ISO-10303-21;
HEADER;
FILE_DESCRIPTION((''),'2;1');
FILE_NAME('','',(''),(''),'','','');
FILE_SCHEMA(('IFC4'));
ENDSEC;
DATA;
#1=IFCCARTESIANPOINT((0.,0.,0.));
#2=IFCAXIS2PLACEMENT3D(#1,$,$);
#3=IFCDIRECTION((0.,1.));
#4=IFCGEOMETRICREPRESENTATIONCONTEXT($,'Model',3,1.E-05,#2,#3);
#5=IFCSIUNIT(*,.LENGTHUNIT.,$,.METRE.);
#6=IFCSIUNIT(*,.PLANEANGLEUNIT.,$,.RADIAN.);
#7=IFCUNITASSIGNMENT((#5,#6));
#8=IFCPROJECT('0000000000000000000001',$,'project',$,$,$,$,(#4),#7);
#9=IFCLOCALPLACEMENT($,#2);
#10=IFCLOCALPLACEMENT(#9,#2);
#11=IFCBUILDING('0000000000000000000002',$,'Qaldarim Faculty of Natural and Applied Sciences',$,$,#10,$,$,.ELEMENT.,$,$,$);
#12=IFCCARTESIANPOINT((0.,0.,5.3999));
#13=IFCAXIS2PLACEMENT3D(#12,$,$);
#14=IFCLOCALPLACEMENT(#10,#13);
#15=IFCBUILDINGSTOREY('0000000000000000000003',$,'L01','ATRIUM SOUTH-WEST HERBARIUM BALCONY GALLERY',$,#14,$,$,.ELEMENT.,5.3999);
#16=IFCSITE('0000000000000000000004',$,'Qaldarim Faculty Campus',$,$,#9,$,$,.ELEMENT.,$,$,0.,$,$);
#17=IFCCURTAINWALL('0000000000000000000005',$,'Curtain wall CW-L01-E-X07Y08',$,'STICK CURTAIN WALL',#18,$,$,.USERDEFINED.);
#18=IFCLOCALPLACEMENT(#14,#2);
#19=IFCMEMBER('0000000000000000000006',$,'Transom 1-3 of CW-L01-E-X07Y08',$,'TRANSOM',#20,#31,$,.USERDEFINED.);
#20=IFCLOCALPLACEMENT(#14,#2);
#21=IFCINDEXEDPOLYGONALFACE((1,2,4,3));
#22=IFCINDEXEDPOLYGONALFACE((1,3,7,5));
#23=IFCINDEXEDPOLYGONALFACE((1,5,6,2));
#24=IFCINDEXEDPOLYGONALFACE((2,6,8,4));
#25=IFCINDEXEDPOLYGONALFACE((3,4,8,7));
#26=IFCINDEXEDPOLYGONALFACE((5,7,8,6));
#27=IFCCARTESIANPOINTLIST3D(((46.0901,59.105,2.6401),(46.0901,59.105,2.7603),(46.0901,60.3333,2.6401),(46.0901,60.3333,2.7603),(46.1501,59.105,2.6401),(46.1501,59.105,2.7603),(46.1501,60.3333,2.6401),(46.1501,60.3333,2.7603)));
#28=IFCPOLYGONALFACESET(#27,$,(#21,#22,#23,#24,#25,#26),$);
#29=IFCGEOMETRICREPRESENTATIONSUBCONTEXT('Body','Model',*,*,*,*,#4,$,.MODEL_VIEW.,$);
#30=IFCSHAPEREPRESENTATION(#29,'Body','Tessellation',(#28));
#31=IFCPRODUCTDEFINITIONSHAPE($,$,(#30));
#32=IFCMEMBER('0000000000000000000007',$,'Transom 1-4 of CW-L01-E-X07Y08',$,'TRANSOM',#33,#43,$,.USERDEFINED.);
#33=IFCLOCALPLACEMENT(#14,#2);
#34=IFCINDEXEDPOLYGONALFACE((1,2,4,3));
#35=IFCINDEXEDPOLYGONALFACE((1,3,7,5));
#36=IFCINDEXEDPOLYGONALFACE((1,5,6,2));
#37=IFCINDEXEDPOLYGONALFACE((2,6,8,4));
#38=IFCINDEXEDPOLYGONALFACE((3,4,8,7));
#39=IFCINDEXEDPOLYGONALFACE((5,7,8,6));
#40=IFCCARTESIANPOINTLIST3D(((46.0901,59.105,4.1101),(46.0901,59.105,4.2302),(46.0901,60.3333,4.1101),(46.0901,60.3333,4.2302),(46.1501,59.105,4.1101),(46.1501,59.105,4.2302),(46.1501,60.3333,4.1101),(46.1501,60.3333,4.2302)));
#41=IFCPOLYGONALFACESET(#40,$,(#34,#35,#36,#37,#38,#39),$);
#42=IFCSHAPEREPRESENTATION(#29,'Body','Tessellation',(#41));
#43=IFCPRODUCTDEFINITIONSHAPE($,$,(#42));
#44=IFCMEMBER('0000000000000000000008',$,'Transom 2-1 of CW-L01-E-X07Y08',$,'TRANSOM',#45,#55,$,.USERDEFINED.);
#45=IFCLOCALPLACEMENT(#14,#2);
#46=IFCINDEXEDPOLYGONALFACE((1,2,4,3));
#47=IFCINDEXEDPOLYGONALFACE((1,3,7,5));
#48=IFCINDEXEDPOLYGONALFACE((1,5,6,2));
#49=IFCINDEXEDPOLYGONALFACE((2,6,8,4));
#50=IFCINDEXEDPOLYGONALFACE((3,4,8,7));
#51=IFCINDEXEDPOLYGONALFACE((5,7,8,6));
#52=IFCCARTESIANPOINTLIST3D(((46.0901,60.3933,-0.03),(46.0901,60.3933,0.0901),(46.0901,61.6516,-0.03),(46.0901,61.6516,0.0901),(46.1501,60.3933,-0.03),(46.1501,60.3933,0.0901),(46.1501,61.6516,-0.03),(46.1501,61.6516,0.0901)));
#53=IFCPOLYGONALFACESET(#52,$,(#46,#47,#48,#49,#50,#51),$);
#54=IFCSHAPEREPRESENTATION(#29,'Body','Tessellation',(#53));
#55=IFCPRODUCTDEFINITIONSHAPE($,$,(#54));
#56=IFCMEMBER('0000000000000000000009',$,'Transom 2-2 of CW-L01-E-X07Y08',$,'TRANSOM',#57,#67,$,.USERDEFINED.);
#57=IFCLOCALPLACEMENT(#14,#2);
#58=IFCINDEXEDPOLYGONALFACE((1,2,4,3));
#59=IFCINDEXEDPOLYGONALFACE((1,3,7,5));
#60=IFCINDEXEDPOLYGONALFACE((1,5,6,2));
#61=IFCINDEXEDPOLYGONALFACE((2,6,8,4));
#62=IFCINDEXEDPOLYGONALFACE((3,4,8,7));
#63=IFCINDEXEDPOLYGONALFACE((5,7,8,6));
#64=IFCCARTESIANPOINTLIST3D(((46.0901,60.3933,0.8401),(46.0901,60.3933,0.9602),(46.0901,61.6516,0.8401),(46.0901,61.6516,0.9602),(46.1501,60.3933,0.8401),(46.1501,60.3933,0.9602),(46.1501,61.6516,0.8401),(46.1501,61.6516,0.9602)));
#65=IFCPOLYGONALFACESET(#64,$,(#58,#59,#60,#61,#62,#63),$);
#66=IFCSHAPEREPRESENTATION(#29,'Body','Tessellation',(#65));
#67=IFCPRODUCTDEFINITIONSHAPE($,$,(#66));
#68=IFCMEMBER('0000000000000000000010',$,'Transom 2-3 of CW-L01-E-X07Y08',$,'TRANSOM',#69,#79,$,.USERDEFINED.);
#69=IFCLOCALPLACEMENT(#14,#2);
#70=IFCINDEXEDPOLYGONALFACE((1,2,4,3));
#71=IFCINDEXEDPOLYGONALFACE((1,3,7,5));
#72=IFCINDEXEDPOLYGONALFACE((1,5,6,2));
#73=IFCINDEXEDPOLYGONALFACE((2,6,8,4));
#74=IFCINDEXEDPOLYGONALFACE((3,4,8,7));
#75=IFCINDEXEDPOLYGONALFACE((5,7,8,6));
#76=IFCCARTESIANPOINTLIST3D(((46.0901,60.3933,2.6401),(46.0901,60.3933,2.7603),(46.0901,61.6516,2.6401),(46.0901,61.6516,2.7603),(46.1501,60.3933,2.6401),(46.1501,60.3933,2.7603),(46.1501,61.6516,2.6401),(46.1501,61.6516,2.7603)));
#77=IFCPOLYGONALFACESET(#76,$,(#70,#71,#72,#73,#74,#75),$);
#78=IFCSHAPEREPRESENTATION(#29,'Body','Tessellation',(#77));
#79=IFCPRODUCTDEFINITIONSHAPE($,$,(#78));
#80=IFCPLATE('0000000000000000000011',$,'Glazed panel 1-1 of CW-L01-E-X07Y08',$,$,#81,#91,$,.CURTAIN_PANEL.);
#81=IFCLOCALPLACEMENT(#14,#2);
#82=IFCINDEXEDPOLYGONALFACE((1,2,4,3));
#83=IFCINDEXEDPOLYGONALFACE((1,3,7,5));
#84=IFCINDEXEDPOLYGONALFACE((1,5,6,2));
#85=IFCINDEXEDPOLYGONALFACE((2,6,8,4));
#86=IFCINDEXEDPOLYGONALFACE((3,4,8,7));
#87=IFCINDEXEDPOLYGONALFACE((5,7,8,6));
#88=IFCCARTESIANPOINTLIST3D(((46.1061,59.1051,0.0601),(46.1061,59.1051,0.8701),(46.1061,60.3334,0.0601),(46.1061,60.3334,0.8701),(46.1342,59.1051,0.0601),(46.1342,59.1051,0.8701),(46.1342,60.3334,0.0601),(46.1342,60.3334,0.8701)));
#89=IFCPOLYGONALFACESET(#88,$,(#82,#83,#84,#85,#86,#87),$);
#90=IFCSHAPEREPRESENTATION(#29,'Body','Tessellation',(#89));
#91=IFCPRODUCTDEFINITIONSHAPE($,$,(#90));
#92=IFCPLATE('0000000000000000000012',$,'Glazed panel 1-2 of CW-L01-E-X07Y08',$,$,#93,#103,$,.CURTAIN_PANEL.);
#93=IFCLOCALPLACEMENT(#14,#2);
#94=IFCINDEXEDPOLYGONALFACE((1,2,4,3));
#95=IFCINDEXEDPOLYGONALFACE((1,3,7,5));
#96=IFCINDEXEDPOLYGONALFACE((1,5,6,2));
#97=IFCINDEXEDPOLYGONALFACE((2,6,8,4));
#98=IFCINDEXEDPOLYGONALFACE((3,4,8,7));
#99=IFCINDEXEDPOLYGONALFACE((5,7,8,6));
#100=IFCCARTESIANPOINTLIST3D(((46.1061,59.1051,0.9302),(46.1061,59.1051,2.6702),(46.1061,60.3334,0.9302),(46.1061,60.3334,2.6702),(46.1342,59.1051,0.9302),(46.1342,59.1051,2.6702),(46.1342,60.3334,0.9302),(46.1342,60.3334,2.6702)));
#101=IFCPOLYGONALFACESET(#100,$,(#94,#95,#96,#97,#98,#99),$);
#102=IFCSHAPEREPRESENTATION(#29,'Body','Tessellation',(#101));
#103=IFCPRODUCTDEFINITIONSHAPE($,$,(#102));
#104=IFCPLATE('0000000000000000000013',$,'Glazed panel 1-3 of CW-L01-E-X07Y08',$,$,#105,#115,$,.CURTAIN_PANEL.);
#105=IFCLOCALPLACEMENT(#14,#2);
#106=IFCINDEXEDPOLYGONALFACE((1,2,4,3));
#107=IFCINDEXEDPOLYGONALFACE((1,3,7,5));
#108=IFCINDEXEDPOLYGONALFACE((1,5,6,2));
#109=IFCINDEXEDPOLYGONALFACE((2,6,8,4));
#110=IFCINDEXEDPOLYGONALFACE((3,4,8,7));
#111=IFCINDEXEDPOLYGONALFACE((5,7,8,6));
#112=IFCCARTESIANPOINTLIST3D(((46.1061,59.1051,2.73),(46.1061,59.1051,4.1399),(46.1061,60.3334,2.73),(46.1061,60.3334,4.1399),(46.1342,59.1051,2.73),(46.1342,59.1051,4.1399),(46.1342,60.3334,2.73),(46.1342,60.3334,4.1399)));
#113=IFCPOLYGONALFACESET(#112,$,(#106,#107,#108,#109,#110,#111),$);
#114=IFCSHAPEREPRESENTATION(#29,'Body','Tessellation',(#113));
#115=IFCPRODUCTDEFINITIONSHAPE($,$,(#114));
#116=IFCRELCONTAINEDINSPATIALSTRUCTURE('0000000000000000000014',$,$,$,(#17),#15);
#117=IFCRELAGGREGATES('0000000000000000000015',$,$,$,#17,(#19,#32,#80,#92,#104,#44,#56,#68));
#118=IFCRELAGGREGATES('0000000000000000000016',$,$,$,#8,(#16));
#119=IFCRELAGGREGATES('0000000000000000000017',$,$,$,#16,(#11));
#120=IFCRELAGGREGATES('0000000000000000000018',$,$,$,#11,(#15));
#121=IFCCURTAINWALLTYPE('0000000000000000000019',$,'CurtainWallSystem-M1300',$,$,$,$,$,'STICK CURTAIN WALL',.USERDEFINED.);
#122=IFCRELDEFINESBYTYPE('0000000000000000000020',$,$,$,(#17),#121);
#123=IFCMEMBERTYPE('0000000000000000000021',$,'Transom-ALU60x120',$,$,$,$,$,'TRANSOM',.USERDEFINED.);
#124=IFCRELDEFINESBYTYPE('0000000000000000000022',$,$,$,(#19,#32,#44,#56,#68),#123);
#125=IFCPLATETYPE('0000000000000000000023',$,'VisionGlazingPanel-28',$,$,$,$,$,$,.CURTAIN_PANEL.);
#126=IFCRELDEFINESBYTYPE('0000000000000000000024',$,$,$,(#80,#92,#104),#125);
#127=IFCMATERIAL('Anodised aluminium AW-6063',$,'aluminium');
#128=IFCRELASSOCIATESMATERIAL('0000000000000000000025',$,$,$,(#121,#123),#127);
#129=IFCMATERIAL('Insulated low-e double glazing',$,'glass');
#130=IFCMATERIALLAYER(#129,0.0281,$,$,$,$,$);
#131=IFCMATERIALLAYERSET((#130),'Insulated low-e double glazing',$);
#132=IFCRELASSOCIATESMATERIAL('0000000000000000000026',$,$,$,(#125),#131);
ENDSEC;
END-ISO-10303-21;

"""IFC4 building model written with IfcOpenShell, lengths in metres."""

from ifc_helpers import new_model, si_unit, direction, frame, origin, origin_2d, place, context, subcontext, project, spatial, rectangle, extrude, material, layer, layer_set, material_profile, profile_set, type_object, element, aggregate, save


model = new_model("IFC4")

# Units and contexts
model_context = context("Model", 3, precision=1e-05, world=origin(), true_north=direction((0.0, 1.0)))
body_context = subcontext(model_context, "Body", "Model", "MODEL_VIEW")
ifc_project = project(units=[si_unit("LENGTHUNIT", "METRE"), si_unit("PLANEANGLEUNIT", "RADIAN")], contexts=[model_context])

# Site, building, storey
site_placement = place(None, origin())
site = spatial("IfcSite", under=ifc_project, at=site_placement, Name="Qaldarim Faculty Campus", CompositionType="ELEMENT", RefElevation=0.0)
building_placement = place(site_placement, origin())
building = spatial("IfcBuilding", under=site, at=building_placement, Name="Qaldarim Faculty of Natural and Applied Sciences", CompositionType="ELEMENT")
storey_placement = place(building_placement, frame((0.0, 0.0, 5.3999)))
storey = spatial("IfcBuildingStorey", under=building, at=storey_placement, Name="L01", Description="ATRIUM SOUTH-WEST HERBARIUM BALCONY GALLERY", CompositionType="ELEMENT", Elevation=5.3999)

# Curtain wall
ifc_material_1 = material(Name="Anodised aluminium AW-6063", Category="aluminium")
curtain_wall_type = type_object("IfcCurtainWallType", Name="CurtainWallSystem-M1300", ElementType="STICK CURTAIN WALL", PredefinedType="USERDEFINED", material=ifc_material_1)
curtain_wall_placement = place(storey_placement, origin())
curtain_wall = element("IfcCurtainWall", 1, at=curtain_wall_placement, inside=storey, type_object=curtain_wall_type, Name="Curtain wall CW-L01-E-X07Y08", ObjectType="STICK CURTAIN WALL", PredefinedType="USERDEFINED")

# Members
ifc_material_profile_1 = material_profile(ifc_material_1, rectangle(XDim=0.0601, YDim=0.1201, at=origin_2d()), Name="ALU-T60x120")
ifc_profile_set_1 = profile_set([ifc_material_profile_1], Name="Anodised aluminium AW-6063")
member_type_1 = type_object("IfcMemberType", Name="Transom-ALU60x120", ElementType="TRANSOM", PredefinedType="USERDEFINED", material=ifc_profile_set_1)
member_1_placement = place(storey_placement, frame((46.1201, 59.105, 2.7002), z_axis=(0.0, 1.0, 0.0), x_axis=(-1.0, 0.0, 0.0)))
member_1 = element("IfcMember", 2, at=member_1_placement, type_object=member_type_1, Name="Transom 1-3 of CW-L01-E-X07Y08", ObjectType="TRANSOM", PredefinedType="USERDEFINED", context=body_context, shape_type="SweptSolid", body=[
    extrude(rectangle(XDim=0.0601, YDim=0.1201, at=origin_2d()), origin(), (0.0, 0.0, 1.0), 1.2283),
])
member_2_placement = place(storey_placement, frame((46.1201, 59.105, 4.1702), z_axis=(0.0, 1.0, 0.0), x_axis=(-1.0, 0.0, 0.0)))
member_2 = element("IfcMember", 3, at=member_2_placement, type_object=member_type_1, Name="Transom 1-4 of CW-L01-E-X07Y08", ObjectType="TRANSOM", PredefinedType="USERDEFINED", context=body_context, shape_type="SweptSolid", body=[
    extrude(rectangle(XDim=0.0601, YDim=0.1201, at=origin_2d()), origin(), (0.0, 0.0, 1.0), 1.2283),
])
member_3_placement = place(storey_placement, frame((46.1201, 60.3933, 0.03), z_axis=(0.0, 1.0, 0.0), x_axis=(-1.0, 0.0, 0.0)))
member_3 = element("IfcMember", 4, at=member_3_placement, type_object=member_type_1, Name="Transom 2-1 of CW-L01-E-X07Y08", ObjectType="TRANSOM", PredefinedType="USERDEFINED", context=body_context, shape_type="SweptSolid", body=[
    extrude(rectangle(XDim=0.0601, YDim=0.1201, at=origin_2d()), origin(), (0.0, 0.0, 1.0), 1.2583),
])
member_4_placement = place(storey_placement, frame((46.1201, 60.3933, 0.9001), z_axis=(0.0, 1.0, 0.0), x_axis=(-1.0, 0.0, 0.0)))
member_4 = element("IfcMember", 5, at=member_4_placement, type_object=member_type_1, Name="Transom 2-2 of CW-L01-E-X07Y08", ObjectType="TRANSOM", PredefinedType="USERDEFINED", context=body_context, shape_type="SweptSolid", body=[
    extrude(rectangle(XDim=0.0601, YDim=0.1201, at=origin_2d()), origin(), (0.0, 0.0, 1.0), 1.2583),
])
member_5_placement = place(storey_placement, frame((46.1201, 60.3933, 2.7002), z_axis=(0.0, 1.0, 0.0), x_axis=(-1.0, 0.0, 0.0)))
member_5 = element("IfcMember", 6, at=member_5_placement, type_object=member_type_1, Name="Transom 2-3 of CW-L01-E-X07Y08", ObjectType="TRANSOM", PredefinedType="USERDEFINED", context=body_context, shape_type="SweptSolid", body=[
    extrude(rectangle(XDim=0.0601, YDim=0.1201, at=origin_2d()), origin(), (0.0, 0.0, 1.0), 1.2583),
])

# Plates
ifc_material_2 = material(Name="Insulated low-e double glazing", Category="glass")
ifc_layer = layer(ifc_material_2, 0.0281)
ifc_layer_set = layer_set([ifc_layer], Name="Insulated low-e double glazing")
plate_type = type_object("IfcPlateType", Name="VisionGlazingPanel-28", PredefinedType="CURTAIN_PANEL", material=ifc_layer_set)
plate_1_placement = place(storey_placement, frame((46.1201, 59.7192, 0.0601), z_axis=(0.0, 0.0, 1.0), x_axis=(0.0, 1.0, 0.0)))
plate_1 = element("IfcPlate", 7, at=plate_1_placement, type_object=plate_type, Name="Glazed panel 1-1 of CW-L01-E-X07Y08", PredefinedType="CURTAIN_PANEL", context=body_context, shape_type="SweptSolid", body=[
    extrude(rectangle(XDim=1.2283, YDim=0.0281, at=origin_2d()), origin(), (0.0, 0.0, 1.0), 0.8101),
])
plate_2_placement = place(storey_placement, frame((46.1201, 59.7192, 0.9302), z_axis=(0.0, 0.0, 1.0), x_axis=(0.0, 1.0, 0.0)))
plate_2 = element("IfcPlate", 8, at=plate_2_placement, type_object=plate_type, Name="Glazed panel 1-2 of CW-L01-E-X07Y08", PredefinedType="CURTAIN_PANEL", context=body_context, shape_type="SweptSolid", body=[
    extrude(rectangle(XDim=1.2283, YDim=0.0281, at=origin_2d()), origin(), (0.0, 0.0, 1.0), 1.74),
])
plate_3_placement = place(storey_placement, frame((46.1201, 59.7192, 2.73), z_axis=(0.0, 0.0, 1.0), x_axis=(0.0, 1.0, 0.0)))
plate_3 = element("IfcPlate", 9, at=plate_3_placement, type_object=plate_type, Name="Glazed panel 1-3 of CW-L01-E-X07Y08", PredefinedType="CURTAIN_PANEL", context=body_context, shape_type="SweptSolid", body=[
    extrude(rectangle(XDim=1.2283, YDim=0.0281, at=origin_2d()), origin(), (0.0, 0.0, 1.0), 1.4099),
])
aggregate(curtain_wall, [member_1, member_2, plate_1, plate_2, plate_3, member_3, member_4, member_5])

save(model, "model.ifc")
